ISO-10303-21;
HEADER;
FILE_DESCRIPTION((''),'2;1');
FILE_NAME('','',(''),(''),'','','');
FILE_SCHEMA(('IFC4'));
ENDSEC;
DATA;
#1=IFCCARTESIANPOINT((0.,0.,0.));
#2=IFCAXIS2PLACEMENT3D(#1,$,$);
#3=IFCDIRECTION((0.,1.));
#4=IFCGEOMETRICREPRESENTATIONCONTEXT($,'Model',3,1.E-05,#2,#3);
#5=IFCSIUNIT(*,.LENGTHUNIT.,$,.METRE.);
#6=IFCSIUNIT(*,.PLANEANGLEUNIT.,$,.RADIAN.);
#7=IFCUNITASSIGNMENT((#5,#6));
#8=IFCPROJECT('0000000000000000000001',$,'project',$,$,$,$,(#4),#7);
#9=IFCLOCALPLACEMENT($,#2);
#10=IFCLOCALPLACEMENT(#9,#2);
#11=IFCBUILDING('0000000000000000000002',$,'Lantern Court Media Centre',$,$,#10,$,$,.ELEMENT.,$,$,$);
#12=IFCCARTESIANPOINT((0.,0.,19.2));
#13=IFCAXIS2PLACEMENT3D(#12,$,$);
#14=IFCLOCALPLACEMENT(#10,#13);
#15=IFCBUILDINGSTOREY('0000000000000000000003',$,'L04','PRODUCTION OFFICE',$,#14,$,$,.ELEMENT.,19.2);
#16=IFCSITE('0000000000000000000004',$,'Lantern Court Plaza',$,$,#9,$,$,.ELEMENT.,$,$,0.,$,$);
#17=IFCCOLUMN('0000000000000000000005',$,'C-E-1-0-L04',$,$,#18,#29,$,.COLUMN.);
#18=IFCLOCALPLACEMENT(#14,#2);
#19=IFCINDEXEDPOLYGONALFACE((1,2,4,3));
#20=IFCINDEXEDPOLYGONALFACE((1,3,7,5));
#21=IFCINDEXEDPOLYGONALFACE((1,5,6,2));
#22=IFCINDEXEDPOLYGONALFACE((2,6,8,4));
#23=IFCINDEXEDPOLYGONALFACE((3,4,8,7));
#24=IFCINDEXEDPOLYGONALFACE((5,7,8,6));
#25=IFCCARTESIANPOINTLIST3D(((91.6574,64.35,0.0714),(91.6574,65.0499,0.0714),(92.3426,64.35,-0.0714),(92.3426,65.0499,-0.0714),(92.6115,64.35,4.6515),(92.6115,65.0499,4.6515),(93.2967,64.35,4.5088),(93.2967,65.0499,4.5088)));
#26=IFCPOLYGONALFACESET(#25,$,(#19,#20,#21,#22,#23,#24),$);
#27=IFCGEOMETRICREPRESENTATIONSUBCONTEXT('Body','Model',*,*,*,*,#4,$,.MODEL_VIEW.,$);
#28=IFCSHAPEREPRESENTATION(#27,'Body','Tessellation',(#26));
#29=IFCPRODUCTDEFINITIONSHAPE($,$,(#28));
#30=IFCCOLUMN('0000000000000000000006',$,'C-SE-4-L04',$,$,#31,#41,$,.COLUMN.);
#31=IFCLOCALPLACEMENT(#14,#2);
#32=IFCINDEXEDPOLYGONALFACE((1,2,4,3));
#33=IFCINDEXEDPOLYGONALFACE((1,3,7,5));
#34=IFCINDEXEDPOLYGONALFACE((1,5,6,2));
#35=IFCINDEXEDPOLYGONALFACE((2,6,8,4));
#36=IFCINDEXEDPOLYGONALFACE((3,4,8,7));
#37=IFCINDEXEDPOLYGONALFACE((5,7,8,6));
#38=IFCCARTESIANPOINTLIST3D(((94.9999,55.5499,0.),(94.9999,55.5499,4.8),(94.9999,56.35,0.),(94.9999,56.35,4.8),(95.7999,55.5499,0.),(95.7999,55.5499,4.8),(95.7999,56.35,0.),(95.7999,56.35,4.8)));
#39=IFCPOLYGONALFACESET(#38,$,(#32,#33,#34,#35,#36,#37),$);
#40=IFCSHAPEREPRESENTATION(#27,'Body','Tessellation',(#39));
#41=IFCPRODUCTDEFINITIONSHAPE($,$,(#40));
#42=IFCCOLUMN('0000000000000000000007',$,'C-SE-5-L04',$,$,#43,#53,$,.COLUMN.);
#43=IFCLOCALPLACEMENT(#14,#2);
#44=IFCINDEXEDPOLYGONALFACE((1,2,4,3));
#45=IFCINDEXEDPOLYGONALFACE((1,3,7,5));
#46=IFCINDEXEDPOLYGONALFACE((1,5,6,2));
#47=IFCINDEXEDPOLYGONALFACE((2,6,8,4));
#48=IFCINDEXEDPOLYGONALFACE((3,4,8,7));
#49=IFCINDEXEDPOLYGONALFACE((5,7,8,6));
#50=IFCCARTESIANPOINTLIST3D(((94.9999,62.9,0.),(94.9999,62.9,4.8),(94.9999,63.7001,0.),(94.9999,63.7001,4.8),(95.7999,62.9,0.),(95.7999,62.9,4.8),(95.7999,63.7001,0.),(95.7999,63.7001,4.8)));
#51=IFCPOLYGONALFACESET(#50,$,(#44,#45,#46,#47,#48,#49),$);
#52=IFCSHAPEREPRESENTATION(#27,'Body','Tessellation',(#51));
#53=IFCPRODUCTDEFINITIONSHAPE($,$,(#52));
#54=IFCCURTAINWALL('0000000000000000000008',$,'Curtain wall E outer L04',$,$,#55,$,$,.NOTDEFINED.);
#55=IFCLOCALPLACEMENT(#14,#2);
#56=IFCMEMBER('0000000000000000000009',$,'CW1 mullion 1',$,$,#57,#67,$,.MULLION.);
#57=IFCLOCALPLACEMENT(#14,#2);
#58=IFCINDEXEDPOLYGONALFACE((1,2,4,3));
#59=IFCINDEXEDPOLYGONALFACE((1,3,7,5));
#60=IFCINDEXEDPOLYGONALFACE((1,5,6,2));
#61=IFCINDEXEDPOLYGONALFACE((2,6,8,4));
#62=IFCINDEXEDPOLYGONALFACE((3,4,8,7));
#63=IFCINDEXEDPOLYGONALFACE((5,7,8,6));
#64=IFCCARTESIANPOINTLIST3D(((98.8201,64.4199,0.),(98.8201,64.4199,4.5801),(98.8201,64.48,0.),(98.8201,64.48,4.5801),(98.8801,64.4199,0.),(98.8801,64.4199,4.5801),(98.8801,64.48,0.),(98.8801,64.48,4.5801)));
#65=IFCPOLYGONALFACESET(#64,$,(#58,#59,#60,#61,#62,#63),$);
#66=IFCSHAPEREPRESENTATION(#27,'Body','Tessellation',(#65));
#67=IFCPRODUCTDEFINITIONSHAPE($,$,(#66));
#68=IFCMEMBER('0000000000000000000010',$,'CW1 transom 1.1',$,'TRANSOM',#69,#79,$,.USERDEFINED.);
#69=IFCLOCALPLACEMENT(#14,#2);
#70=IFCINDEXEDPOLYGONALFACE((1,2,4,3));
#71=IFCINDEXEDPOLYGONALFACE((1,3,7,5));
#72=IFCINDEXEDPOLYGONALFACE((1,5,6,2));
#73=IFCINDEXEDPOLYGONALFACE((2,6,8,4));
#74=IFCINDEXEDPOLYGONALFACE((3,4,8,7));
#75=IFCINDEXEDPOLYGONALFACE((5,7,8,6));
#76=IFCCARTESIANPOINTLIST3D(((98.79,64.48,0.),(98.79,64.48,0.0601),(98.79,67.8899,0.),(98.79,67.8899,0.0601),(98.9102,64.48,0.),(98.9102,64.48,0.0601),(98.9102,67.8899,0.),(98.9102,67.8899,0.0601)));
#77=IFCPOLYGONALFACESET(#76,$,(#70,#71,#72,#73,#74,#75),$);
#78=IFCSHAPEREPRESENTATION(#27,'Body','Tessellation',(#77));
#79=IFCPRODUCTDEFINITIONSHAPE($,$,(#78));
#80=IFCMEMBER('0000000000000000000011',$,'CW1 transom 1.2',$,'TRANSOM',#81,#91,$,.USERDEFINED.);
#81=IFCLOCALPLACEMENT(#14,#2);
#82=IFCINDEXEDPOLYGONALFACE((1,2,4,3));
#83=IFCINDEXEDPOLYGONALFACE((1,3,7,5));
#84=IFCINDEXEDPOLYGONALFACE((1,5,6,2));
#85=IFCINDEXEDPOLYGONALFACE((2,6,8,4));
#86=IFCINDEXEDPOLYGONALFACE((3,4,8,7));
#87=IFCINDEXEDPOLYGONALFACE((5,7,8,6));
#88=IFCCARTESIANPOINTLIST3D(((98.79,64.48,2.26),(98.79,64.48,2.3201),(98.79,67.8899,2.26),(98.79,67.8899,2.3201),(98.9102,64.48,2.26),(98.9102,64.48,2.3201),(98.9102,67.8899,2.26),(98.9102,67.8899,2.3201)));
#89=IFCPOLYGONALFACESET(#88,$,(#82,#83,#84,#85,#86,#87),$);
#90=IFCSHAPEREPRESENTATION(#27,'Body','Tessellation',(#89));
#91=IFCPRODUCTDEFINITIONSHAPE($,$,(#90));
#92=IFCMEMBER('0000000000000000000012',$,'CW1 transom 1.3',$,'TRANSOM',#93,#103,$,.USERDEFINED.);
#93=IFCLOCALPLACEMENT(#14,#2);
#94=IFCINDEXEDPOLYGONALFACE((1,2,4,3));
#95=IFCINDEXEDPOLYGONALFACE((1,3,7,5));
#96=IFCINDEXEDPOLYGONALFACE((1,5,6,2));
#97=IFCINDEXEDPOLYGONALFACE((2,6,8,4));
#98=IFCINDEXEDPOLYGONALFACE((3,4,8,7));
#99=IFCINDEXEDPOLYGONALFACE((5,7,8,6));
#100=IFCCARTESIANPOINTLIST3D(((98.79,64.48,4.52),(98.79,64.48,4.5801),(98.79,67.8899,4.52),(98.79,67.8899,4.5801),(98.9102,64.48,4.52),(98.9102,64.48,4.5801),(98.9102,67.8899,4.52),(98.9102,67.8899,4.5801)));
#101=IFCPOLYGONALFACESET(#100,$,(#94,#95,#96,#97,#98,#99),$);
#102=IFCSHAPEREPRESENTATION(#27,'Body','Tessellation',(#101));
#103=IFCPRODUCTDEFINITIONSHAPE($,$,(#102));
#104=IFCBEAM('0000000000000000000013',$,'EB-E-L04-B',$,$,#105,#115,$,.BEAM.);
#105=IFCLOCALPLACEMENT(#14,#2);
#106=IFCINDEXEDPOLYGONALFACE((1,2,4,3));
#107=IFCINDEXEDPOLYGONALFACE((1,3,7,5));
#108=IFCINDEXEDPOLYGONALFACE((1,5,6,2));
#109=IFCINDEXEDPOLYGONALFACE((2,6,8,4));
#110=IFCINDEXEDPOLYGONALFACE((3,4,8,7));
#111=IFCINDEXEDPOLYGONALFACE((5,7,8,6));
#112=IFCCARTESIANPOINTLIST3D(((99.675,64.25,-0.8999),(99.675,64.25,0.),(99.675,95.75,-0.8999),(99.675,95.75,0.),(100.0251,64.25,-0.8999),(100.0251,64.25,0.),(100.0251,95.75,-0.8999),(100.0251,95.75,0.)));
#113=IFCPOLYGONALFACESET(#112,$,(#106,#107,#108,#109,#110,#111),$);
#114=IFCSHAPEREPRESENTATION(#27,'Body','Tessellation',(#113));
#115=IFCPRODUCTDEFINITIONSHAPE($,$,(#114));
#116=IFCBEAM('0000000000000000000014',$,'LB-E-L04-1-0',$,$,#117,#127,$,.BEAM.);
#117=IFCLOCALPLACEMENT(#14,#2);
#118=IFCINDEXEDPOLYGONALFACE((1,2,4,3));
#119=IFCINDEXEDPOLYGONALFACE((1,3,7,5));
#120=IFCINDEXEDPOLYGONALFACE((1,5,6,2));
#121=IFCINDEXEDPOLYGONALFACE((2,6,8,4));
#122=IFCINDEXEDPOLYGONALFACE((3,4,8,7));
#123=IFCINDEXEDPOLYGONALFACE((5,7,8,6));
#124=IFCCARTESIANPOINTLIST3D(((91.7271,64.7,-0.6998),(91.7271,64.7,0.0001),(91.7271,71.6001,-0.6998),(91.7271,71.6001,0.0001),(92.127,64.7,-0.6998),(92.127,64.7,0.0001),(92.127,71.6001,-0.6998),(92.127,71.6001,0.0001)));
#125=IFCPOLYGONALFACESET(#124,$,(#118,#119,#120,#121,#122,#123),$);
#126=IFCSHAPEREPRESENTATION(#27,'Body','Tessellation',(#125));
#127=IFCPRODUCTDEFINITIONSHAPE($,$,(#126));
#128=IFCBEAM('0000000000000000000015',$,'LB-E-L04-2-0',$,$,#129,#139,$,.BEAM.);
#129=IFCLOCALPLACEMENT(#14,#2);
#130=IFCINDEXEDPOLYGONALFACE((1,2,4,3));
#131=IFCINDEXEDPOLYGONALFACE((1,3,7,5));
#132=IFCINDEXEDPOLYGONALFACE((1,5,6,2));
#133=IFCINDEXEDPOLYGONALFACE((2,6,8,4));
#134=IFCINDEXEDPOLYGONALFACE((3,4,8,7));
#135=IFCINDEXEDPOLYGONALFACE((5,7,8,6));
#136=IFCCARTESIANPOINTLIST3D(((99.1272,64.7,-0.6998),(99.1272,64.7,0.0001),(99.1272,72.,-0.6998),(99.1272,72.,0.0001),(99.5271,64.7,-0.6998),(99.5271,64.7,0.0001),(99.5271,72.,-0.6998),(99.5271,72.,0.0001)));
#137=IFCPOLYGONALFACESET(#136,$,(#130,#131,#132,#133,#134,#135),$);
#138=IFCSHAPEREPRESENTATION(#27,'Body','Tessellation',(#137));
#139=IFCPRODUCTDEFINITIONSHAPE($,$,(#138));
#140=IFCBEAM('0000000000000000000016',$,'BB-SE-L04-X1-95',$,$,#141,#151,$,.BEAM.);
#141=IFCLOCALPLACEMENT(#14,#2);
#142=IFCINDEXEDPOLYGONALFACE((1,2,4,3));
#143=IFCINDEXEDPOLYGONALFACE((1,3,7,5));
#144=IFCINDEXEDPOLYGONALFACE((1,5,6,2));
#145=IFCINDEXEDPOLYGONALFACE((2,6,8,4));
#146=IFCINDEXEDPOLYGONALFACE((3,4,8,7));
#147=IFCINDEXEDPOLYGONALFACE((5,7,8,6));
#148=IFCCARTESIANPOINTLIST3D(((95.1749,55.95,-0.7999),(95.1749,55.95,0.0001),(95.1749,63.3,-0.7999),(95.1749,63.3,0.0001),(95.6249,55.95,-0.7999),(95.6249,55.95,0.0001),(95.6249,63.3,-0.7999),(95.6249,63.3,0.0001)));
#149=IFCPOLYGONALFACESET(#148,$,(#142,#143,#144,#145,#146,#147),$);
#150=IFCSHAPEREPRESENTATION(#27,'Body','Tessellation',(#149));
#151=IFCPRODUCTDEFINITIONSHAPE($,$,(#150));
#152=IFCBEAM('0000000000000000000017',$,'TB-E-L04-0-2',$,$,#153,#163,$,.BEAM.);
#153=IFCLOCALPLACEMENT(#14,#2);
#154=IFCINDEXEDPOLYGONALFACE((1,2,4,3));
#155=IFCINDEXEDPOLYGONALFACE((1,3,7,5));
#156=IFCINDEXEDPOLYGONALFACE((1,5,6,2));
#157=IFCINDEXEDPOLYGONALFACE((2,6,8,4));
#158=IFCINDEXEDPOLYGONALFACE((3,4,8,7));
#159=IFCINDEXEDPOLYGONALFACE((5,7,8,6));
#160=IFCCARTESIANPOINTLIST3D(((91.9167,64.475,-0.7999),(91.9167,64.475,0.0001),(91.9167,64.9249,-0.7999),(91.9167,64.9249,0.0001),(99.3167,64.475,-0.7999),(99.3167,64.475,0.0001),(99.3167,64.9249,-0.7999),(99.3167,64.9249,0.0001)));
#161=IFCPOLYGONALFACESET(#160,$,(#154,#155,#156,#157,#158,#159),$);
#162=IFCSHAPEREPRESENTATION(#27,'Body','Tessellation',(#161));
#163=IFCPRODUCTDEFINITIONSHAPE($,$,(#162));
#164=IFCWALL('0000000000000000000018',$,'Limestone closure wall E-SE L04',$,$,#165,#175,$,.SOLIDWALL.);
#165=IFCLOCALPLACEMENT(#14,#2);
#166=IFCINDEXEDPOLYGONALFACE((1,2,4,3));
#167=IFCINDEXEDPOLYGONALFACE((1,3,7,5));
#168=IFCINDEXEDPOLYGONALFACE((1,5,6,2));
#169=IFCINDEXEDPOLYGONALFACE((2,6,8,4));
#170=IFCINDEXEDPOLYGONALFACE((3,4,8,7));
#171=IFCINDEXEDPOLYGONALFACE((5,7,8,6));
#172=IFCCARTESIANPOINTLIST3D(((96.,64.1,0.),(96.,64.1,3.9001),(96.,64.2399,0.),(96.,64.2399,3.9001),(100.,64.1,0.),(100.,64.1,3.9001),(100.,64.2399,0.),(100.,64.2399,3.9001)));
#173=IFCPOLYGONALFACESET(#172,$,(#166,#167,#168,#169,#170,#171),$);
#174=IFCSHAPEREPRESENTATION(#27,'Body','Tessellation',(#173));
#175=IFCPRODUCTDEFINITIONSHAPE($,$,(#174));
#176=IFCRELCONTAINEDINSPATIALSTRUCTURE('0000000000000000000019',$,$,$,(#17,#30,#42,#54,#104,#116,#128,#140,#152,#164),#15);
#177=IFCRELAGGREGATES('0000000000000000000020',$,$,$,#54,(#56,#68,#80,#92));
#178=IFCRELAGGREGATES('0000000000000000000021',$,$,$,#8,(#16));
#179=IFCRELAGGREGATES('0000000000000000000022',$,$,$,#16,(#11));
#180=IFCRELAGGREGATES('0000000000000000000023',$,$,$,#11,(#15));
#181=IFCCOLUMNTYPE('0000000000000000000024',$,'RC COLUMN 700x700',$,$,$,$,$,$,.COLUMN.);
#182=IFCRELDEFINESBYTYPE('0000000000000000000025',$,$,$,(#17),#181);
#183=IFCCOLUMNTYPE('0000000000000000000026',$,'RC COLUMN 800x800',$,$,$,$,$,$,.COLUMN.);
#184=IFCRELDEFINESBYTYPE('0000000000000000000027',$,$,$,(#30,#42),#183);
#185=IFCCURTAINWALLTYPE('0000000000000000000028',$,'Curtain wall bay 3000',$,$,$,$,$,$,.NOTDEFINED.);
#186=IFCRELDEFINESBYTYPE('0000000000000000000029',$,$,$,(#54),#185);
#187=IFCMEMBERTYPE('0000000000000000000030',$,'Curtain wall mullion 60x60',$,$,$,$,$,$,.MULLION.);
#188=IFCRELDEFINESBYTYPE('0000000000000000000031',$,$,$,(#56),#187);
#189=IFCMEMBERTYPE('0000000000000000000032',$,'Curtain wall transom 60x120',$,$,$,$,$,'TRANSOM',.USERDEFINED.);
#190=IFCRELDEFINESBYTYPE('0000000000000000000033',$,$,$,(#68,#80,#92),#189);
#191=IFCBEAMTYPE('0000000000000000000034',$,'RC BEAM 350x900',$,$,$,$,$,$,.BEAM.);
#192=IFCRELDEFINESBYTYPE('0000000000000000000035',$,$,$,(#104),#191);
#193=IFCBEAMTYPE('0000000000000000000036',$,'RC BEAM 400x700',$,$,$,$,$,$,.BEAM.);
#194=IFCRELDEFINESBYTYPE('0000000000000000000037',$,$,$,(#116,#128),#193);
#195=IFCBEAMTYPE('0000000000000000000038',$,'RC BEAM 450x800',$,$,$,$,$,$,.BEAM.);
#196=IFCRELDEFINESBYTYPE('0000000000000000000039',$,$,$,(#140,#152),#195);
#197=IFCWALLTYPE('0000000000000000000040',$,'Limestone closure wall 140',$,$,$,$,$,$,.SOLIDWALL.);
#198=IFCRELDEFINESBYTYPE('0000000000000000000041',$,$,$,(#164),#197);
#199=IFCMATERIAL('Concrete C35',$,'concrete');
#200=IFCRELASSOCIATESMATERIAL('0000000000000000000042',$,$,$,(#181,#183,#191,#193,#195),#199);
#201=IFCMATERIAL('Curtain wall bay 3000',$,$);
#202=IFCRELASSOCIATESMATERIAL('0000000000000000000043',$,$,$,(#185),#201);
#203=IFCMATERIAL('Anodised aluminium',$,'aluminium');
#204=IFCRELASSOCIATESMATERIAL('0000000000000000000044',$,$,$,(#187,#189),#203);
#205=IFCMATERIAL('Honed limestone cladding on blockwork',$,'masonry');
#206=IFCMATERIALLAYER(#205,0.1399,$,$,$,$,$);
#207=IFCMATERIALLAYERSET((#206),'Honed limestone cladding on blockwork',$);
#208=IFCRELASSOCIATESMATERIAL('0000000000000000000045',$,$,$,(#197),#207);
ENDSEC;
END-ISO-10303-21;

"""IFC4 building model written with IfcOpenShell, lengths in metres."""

from ifc_helpers import new_model, si_unit, direction, frame, frame_2d, origin, origin_2d, place, context, subcontext, project, spatial, rectangle, extrude, material, layer, layer_set, material_profile, profile_set, type_object, element, aggregate, save


model = new_model("IFC4")

# Units and contexts
model_context = context("Model", 3, precision=1e-05, world=origin(), true_north=direction((0.0, 1.0)))
body_context = subcontext(model_context, "Body", "Model", "MODEL_VIEW")
ifc_project = project(units=[si_unit("LENGTHUNIT", "METRE"), si_unit("PLANEANGLEUNIT", "RADIAN")], contexts=[model_context])

# Site, building, storey
site_placement = place(None, origin())
site = spatial("IfcSite", under=ifc_project, at=site_placement, Name="Lantern Court Plaza", CompositionType="ELEMENT", RefElevation=0.0)
building_placement = place(site_placement, origin())
building = spatial("IfcBuilding", under=site, at=building_placement, Name="Lantern Court Media Centre", CompositionType="ELEMENT")
storey_placement = place(building_placement, frame((0.0, 0.0, 19.2)))
storey = spatial("IfcBuildingStorey", under=building, at=storey_placement, Name="L04", Description="PRODUCTION OFFICE", CompositionType="ELEMENT", Elevation=19.2)

# Columns
ifc_material_1 = material(Name="Concrete C35", Category="concrete")
ifc_material_profile_1 = material_profile(ifc_material_1, rectangle(XDim=0.7, YDim=0.7, at=origin_2d()), Name="RC 700x700")
ifc_profile_set_1 = profile_set([ifc_material_profile_1], Name="Concrete C35")
column_type_1 = type_object("IfcColumnType", Name="RC COLUMN 700x700", PredefinedType="COLUMN", material=ifc_profile_set_1)
column_placement = place(storey_placement, frame((92.0, 64.7, 0.0), z_axis=(0.203938, 0.0, 0.978984), x_axis=(0.0, 1.0, 0.0)))
element("IfcColumn", 1, at=column_placement, inside=storey, type_object=column_type_1, Name="C-E-1-0-L04", PredefinedType="COLUMN", context=body_context, shape_type="SweptSolid", body=[
    extrude(rectangle(XDim=0.7, YDim=0.7, at=origin_2d()), origin(), (0.0, 0.0, 1.0), 4.6785),
])
ifc_material_profile_2 = material_profile(ifc_material_1, rectangle(XDim=0.8, YDim=0.8, at=origin_2d()), Name="RC 800x800")
ifc_profile_set_2 = profile_set([ifc_material_profile_2], Name="Concrete C35")
column_type_2 = type_object("IfcColumnType", Name="RC COLUMN 800x800", PredefinedType="COLUMN", material=ifc_profile_set_2)
for number, where, z_axis, x_axis, name in (
    (2, (95.3999, 55.95, 0.0), (0.0, 0.0, 1.0), (1.0, 0.0, 0.0), "C-SE-4-L04"),
    (3, (95.3999, 63.3, 0.0), (0.0, 0.0, 1.0), (1.0, 0.0, 0.0), "C-SE-5-L04"),
):
    element("IfcColumn", number, at=place(storey_placement, frame(where, z_axis=z_axis, x_axis=x_axis)), inside=storey, type_object=column_type_2, Name=name, PredefinedType="COLUMN", context=body_context, shape_type="SweptSolid", body=[
        extrude(rectangle(XDim=0.8, YDim=0.8, at=origin_2d()), origin(), (0.0, 0.0, 1.0), 4.8),
    ])

# Curtain wall, members
ifc_material_2 = material(Name="Curtain wall bay 3000")
curtain_wall_type = type_object("IfcCurtainWallType", Name="Curtain wall bay 3000", PredefinedType="NOTDEFINED", material=ifc_material_2)
curtain_wall_placement = place(storey_placement, origin())
curtain_wall = element("IfcCurtainWall", 4, at=curtain_wall_placement, inside=storey, type_object=curtain_wall_type, Name="Curtain wall E outer L04", PredefinedType="NOTDEFINED")
ifc_material_3 = material(Name="Anodised aluminium", Category="aluminium")
ifc_material_profile_3 = material_profile(ifc_material_3, rectangle(XDim=0.0601, YDim=0.0601, at=origin_2d()), Name="AL 60x60")
ifc_profile_set_3 = profile_set([ifc_material_profile_3], Name="Anodised aluminium")
member_type_1 = type_object("IfcMemberType", Name="Curtain wall mullion 60x60", PredefinedType="MULLION", material=ifc_profile_set_3)
member_1_placement = place(storey_placement, frame((98.8501, 64.45, 0.0), z_axis=(0.0, 0.0, 1.0), x_axis=(-1.0, 0.0, 0.0)))
member_1 = element("IfcMember", 5, at=member_1_placement, type_object=member_type_1, Name="CW1 mullion 1", PredefinedType="MULLION", context=body_context, shape_type="SweptSolid", body=[
    extrude(rectangle(XDim=0.0601, YDim=0.0601, at=origin_2d()), origin(), (0.0, 0.0, 1.0), 4.5801),
])
ifc_material_profile_4 = material_profile(ifc_material_3, rectangle(XDim=0.1201, YDim=0.0601, at=origin_2d()), Name="AL 60x120")
ifc_profile_set_4 = profile_set([ifc_material_profile_4], Name="Anodised aluminium")
member_type_2 = type_object("IfcMemberType", Name="Curtain wall transom 60x120", ElementType="TRANSOM", PredefinedType="USERDEFINED", material=ifc_profile_set_4)
member_2_placement = place(storey_placement, frame((98.8501, 64.48, 0.03), z_axis=(0.0, 1.0, 0.0), x_axis=(-1.0, 0.0, 0.0)))
member_2 = element("IfcMember", 6, at=member_2_placement, type_object=member_type_2, Name="CW1 transom 1.1", ObjectType="TRANSOM", PredefinedType="USERDEFINED", context=body_context, shape_type="SweptSolid", body=[
    extrude(rectangle(XDim=0.1201, YDim=0.0601, at=origin_2d()), origin(), (0.0, 0.0, 1.0), 3.4099),
])
member_3_placement = place(storey_placement, frame((98.8501, 64.48, 2.29), z_axis=(0.0, 1.0, 0.0), x_axis=(-1.0, 0.0, 0.0)))
member_3 = element("IfcMember", 7, at=member_3_placement, type_object=member_type_2, Name="CW1 transom 1.2", ObjectType="TRANSOM", PredefinedType="USERDEFINED", context=body_context, shape_type="SweptSolid", body=[
    extrude(rectangle(XDim=0.1201, YDim=0.0601, at=origin_2d()), origin(), (0.0, 0.0, 1.0), 3.4099),
])
member_4_placement = place(storey_placement, frame((98.8501, 64.48, 4.55), z_axis=(0.0, 1.0, 0.0), x_axis=(-1.0, 0.0, 0.0)))
member_4 = element("IfcMember", 8, at=member_4_placement, type_object=member_type_2, Name="CW1 transom 1.3", ObjectType="TRANSOM", PredefinedType="USERDEFINED", context=body_context, shape_type="SweptSolid", body=[
    extrude(rectangle(XDim=0.1201, YDim=0.0601, at=origin_2d()), origin(), (0.0, 0.0, 1.0), 3.4099),
])
aggregate(curtain_wall, [member_1, member_2, member_3, member_4])

# Beams
ifc_material_profile_5 = material_profile(ifc_material_1, rectangle(XDim=0.3501, YDim=0.8999, at=origin_2d()), Name="RC 350x900")
ifc_profile_set_5 = profile_set([ifc_material_profile_5], Name="Concrete C35")
beam_type_1 = type_object("IfcBeamType", Name="RC BEAM 350x900", PredefinedType="BEAM", material=ifc_profile_set_5)
beam_1_placement = place(storey_placement, frame((99.8501, 64.25, -0.45), z_axis=(0.0, 1.0, 0.0), x_axis=(-1.0, 0.0, 0.0)))
element("IfcBeam", 9, at=beam_1_placement, inside=storey, type_object=beam_type_1, Name="EB-E-L04-B", PredefinedType="BEAM", context=body_context, shape_type="SweptSolid", body=[
    extrude(rectangle(XDim=0.3501, YDim=0.8999, at=origin_2d()), origin(), (0.0, 0.0, 1.0), 31.5),
])
ifc_material_profile_6 = material_profile(ifc_material_1, rectangle(XDim=0.3999, YDim=0.7, at=origin_2d()), Name="RC 400x700")
ifc_profile_set_6 = profile_set([ifc_material_profile_6], Name="Concrete C35")
beam_type_2 = type_object("IfcBeamType", Name="RC BEAM 400x700", PredefinedType="BEAM", material=ifc_profile_set_6)
beam_2_placement = place(storey_placement, frame((91.927, 64.7, -0.3499), z_axis=(0.0, 1.0, 0.0), x_axis=(-1.0, 0.0, 0.0)))
element("IfcBeam", 10, at=beam_2_placement, inside=storey, type_object=beam_type_2, Name="LB-E-L04-1-0", PredefinedType="BEAM", context=body_context, shape_type="SweptSolid", body=[
    extrude(rectangle(XDim=0.3999, YDim=0.7, at=origin_2d()), origin(), (0.0, 0.0, 1.0), 6.9001),
])
beam_3_placement = place(storey_placement, frame((99.3271, 64.7, -0.3499), z_axis=(0.0, 1.0, 0.0), x_axis=(-1.0, 0.0, 0.0)))
element("IfcBeam", 11, at=beam_3_placement, inside=storey, type_object=beam_type_2, Name="LB-E-L04-2-0", PredefinedType="BEAM", context=body_context, shape_type="SweptSolid", body=[
    extrude(rectangle(XDim=0.3999, YDim=0.7, at=origin_2d()), origin(), (0.0, 0.0, 1.0), 7.3),
])
ifc_material_profile_7 = material_profile(ifc_material_1, rectangle(XDim=0.45, YDim=0.8, at=origin_2d()), Name="RC 450x800")
ifc_profile_set_7 = profile_set([ifc_material_profile_7], Name="Concrete C35")
beam_type_3 = type_object("IfcBeamType", Name="RC BEAM 450x800", PredefinedType="BEAM", material=ifc_profile_set_7)
beam_4_placement = place(storey_placement, frame((95.3999, 55.95, -0.3999), z_axis=(0.0, 1.0, 0.0), x_axis=(-1.0, 0.0, 0.0)))
element("IfcBeam", 12, at=beam_4_placement, inside=storey, type_object=beam_type_3, Name="BB-SE-L04-X1-95", PredefinedType="BEAM", context=body_context, shape_type="SweptSolid", body=[
    extrude(rectangle(XDim=0.45, YDim=0.8, at=origin_2d()), origin(), (0.0, 0.0, 1.0), 7.3501),
])
beam_5_placement = place(storey_placement, frame((91.9167, 64.7, -0.3999), z_axis=(1.0, 0.0, 0.0), x_axis=(0.0, 1.0, 0.0)))
element("IfcBeam", 13, at=beam_5_placement, inside=storey, type_object=beam_type_3, Name="TB-E-L04-0-2", PredefinedType="BEAM", context=body_context, shape_type="SweptSolid", body=[
    extrude(rectangle(XDim=0.45, YDim=0.8, at=origin_2d()), origin(), (0.0, 0.0, 1.0), 7.3999),
])

# Wall
ifc_material_4 = material(Name="Honed limestone cladding on blockwork", Category="masonry")
ifc_layer_1 = layer(ifc_material_4, 0.1399)
ifc_layer_set_1 = layer_set([ifc_layer_1], Name="Honed limestone cladding on blockwork")
wall_type_1 = type_object("IfcWallType", Name="Limestone closure wall 140", PredefinedType="SOLIDWALL", material=ifc_layer_set_1)
wall_1_placement = place(storey_placement, frame((96.0, 64.1699, 0.0), z_axis=(0.0, 0.0, 1.0), x_axis=(1.0, 0.0, 0.0)))
element("IfcWall", 14, at=wall_1_placement, inside=storey, type_object=wall_type_1, Name="Limestone closure wall E-SE L04", PredefinedType="SOLIDWALL", context=body_context, shape_type="SweptSolid", body=[
    extrude(rectangle(XDim=4.0, YDim=0.1399, at=frame_2d((2.0, 0.0))), origin(), (0.0, 0.0, 1.0), 3.9001),
])

save(model, "model.ifc")
